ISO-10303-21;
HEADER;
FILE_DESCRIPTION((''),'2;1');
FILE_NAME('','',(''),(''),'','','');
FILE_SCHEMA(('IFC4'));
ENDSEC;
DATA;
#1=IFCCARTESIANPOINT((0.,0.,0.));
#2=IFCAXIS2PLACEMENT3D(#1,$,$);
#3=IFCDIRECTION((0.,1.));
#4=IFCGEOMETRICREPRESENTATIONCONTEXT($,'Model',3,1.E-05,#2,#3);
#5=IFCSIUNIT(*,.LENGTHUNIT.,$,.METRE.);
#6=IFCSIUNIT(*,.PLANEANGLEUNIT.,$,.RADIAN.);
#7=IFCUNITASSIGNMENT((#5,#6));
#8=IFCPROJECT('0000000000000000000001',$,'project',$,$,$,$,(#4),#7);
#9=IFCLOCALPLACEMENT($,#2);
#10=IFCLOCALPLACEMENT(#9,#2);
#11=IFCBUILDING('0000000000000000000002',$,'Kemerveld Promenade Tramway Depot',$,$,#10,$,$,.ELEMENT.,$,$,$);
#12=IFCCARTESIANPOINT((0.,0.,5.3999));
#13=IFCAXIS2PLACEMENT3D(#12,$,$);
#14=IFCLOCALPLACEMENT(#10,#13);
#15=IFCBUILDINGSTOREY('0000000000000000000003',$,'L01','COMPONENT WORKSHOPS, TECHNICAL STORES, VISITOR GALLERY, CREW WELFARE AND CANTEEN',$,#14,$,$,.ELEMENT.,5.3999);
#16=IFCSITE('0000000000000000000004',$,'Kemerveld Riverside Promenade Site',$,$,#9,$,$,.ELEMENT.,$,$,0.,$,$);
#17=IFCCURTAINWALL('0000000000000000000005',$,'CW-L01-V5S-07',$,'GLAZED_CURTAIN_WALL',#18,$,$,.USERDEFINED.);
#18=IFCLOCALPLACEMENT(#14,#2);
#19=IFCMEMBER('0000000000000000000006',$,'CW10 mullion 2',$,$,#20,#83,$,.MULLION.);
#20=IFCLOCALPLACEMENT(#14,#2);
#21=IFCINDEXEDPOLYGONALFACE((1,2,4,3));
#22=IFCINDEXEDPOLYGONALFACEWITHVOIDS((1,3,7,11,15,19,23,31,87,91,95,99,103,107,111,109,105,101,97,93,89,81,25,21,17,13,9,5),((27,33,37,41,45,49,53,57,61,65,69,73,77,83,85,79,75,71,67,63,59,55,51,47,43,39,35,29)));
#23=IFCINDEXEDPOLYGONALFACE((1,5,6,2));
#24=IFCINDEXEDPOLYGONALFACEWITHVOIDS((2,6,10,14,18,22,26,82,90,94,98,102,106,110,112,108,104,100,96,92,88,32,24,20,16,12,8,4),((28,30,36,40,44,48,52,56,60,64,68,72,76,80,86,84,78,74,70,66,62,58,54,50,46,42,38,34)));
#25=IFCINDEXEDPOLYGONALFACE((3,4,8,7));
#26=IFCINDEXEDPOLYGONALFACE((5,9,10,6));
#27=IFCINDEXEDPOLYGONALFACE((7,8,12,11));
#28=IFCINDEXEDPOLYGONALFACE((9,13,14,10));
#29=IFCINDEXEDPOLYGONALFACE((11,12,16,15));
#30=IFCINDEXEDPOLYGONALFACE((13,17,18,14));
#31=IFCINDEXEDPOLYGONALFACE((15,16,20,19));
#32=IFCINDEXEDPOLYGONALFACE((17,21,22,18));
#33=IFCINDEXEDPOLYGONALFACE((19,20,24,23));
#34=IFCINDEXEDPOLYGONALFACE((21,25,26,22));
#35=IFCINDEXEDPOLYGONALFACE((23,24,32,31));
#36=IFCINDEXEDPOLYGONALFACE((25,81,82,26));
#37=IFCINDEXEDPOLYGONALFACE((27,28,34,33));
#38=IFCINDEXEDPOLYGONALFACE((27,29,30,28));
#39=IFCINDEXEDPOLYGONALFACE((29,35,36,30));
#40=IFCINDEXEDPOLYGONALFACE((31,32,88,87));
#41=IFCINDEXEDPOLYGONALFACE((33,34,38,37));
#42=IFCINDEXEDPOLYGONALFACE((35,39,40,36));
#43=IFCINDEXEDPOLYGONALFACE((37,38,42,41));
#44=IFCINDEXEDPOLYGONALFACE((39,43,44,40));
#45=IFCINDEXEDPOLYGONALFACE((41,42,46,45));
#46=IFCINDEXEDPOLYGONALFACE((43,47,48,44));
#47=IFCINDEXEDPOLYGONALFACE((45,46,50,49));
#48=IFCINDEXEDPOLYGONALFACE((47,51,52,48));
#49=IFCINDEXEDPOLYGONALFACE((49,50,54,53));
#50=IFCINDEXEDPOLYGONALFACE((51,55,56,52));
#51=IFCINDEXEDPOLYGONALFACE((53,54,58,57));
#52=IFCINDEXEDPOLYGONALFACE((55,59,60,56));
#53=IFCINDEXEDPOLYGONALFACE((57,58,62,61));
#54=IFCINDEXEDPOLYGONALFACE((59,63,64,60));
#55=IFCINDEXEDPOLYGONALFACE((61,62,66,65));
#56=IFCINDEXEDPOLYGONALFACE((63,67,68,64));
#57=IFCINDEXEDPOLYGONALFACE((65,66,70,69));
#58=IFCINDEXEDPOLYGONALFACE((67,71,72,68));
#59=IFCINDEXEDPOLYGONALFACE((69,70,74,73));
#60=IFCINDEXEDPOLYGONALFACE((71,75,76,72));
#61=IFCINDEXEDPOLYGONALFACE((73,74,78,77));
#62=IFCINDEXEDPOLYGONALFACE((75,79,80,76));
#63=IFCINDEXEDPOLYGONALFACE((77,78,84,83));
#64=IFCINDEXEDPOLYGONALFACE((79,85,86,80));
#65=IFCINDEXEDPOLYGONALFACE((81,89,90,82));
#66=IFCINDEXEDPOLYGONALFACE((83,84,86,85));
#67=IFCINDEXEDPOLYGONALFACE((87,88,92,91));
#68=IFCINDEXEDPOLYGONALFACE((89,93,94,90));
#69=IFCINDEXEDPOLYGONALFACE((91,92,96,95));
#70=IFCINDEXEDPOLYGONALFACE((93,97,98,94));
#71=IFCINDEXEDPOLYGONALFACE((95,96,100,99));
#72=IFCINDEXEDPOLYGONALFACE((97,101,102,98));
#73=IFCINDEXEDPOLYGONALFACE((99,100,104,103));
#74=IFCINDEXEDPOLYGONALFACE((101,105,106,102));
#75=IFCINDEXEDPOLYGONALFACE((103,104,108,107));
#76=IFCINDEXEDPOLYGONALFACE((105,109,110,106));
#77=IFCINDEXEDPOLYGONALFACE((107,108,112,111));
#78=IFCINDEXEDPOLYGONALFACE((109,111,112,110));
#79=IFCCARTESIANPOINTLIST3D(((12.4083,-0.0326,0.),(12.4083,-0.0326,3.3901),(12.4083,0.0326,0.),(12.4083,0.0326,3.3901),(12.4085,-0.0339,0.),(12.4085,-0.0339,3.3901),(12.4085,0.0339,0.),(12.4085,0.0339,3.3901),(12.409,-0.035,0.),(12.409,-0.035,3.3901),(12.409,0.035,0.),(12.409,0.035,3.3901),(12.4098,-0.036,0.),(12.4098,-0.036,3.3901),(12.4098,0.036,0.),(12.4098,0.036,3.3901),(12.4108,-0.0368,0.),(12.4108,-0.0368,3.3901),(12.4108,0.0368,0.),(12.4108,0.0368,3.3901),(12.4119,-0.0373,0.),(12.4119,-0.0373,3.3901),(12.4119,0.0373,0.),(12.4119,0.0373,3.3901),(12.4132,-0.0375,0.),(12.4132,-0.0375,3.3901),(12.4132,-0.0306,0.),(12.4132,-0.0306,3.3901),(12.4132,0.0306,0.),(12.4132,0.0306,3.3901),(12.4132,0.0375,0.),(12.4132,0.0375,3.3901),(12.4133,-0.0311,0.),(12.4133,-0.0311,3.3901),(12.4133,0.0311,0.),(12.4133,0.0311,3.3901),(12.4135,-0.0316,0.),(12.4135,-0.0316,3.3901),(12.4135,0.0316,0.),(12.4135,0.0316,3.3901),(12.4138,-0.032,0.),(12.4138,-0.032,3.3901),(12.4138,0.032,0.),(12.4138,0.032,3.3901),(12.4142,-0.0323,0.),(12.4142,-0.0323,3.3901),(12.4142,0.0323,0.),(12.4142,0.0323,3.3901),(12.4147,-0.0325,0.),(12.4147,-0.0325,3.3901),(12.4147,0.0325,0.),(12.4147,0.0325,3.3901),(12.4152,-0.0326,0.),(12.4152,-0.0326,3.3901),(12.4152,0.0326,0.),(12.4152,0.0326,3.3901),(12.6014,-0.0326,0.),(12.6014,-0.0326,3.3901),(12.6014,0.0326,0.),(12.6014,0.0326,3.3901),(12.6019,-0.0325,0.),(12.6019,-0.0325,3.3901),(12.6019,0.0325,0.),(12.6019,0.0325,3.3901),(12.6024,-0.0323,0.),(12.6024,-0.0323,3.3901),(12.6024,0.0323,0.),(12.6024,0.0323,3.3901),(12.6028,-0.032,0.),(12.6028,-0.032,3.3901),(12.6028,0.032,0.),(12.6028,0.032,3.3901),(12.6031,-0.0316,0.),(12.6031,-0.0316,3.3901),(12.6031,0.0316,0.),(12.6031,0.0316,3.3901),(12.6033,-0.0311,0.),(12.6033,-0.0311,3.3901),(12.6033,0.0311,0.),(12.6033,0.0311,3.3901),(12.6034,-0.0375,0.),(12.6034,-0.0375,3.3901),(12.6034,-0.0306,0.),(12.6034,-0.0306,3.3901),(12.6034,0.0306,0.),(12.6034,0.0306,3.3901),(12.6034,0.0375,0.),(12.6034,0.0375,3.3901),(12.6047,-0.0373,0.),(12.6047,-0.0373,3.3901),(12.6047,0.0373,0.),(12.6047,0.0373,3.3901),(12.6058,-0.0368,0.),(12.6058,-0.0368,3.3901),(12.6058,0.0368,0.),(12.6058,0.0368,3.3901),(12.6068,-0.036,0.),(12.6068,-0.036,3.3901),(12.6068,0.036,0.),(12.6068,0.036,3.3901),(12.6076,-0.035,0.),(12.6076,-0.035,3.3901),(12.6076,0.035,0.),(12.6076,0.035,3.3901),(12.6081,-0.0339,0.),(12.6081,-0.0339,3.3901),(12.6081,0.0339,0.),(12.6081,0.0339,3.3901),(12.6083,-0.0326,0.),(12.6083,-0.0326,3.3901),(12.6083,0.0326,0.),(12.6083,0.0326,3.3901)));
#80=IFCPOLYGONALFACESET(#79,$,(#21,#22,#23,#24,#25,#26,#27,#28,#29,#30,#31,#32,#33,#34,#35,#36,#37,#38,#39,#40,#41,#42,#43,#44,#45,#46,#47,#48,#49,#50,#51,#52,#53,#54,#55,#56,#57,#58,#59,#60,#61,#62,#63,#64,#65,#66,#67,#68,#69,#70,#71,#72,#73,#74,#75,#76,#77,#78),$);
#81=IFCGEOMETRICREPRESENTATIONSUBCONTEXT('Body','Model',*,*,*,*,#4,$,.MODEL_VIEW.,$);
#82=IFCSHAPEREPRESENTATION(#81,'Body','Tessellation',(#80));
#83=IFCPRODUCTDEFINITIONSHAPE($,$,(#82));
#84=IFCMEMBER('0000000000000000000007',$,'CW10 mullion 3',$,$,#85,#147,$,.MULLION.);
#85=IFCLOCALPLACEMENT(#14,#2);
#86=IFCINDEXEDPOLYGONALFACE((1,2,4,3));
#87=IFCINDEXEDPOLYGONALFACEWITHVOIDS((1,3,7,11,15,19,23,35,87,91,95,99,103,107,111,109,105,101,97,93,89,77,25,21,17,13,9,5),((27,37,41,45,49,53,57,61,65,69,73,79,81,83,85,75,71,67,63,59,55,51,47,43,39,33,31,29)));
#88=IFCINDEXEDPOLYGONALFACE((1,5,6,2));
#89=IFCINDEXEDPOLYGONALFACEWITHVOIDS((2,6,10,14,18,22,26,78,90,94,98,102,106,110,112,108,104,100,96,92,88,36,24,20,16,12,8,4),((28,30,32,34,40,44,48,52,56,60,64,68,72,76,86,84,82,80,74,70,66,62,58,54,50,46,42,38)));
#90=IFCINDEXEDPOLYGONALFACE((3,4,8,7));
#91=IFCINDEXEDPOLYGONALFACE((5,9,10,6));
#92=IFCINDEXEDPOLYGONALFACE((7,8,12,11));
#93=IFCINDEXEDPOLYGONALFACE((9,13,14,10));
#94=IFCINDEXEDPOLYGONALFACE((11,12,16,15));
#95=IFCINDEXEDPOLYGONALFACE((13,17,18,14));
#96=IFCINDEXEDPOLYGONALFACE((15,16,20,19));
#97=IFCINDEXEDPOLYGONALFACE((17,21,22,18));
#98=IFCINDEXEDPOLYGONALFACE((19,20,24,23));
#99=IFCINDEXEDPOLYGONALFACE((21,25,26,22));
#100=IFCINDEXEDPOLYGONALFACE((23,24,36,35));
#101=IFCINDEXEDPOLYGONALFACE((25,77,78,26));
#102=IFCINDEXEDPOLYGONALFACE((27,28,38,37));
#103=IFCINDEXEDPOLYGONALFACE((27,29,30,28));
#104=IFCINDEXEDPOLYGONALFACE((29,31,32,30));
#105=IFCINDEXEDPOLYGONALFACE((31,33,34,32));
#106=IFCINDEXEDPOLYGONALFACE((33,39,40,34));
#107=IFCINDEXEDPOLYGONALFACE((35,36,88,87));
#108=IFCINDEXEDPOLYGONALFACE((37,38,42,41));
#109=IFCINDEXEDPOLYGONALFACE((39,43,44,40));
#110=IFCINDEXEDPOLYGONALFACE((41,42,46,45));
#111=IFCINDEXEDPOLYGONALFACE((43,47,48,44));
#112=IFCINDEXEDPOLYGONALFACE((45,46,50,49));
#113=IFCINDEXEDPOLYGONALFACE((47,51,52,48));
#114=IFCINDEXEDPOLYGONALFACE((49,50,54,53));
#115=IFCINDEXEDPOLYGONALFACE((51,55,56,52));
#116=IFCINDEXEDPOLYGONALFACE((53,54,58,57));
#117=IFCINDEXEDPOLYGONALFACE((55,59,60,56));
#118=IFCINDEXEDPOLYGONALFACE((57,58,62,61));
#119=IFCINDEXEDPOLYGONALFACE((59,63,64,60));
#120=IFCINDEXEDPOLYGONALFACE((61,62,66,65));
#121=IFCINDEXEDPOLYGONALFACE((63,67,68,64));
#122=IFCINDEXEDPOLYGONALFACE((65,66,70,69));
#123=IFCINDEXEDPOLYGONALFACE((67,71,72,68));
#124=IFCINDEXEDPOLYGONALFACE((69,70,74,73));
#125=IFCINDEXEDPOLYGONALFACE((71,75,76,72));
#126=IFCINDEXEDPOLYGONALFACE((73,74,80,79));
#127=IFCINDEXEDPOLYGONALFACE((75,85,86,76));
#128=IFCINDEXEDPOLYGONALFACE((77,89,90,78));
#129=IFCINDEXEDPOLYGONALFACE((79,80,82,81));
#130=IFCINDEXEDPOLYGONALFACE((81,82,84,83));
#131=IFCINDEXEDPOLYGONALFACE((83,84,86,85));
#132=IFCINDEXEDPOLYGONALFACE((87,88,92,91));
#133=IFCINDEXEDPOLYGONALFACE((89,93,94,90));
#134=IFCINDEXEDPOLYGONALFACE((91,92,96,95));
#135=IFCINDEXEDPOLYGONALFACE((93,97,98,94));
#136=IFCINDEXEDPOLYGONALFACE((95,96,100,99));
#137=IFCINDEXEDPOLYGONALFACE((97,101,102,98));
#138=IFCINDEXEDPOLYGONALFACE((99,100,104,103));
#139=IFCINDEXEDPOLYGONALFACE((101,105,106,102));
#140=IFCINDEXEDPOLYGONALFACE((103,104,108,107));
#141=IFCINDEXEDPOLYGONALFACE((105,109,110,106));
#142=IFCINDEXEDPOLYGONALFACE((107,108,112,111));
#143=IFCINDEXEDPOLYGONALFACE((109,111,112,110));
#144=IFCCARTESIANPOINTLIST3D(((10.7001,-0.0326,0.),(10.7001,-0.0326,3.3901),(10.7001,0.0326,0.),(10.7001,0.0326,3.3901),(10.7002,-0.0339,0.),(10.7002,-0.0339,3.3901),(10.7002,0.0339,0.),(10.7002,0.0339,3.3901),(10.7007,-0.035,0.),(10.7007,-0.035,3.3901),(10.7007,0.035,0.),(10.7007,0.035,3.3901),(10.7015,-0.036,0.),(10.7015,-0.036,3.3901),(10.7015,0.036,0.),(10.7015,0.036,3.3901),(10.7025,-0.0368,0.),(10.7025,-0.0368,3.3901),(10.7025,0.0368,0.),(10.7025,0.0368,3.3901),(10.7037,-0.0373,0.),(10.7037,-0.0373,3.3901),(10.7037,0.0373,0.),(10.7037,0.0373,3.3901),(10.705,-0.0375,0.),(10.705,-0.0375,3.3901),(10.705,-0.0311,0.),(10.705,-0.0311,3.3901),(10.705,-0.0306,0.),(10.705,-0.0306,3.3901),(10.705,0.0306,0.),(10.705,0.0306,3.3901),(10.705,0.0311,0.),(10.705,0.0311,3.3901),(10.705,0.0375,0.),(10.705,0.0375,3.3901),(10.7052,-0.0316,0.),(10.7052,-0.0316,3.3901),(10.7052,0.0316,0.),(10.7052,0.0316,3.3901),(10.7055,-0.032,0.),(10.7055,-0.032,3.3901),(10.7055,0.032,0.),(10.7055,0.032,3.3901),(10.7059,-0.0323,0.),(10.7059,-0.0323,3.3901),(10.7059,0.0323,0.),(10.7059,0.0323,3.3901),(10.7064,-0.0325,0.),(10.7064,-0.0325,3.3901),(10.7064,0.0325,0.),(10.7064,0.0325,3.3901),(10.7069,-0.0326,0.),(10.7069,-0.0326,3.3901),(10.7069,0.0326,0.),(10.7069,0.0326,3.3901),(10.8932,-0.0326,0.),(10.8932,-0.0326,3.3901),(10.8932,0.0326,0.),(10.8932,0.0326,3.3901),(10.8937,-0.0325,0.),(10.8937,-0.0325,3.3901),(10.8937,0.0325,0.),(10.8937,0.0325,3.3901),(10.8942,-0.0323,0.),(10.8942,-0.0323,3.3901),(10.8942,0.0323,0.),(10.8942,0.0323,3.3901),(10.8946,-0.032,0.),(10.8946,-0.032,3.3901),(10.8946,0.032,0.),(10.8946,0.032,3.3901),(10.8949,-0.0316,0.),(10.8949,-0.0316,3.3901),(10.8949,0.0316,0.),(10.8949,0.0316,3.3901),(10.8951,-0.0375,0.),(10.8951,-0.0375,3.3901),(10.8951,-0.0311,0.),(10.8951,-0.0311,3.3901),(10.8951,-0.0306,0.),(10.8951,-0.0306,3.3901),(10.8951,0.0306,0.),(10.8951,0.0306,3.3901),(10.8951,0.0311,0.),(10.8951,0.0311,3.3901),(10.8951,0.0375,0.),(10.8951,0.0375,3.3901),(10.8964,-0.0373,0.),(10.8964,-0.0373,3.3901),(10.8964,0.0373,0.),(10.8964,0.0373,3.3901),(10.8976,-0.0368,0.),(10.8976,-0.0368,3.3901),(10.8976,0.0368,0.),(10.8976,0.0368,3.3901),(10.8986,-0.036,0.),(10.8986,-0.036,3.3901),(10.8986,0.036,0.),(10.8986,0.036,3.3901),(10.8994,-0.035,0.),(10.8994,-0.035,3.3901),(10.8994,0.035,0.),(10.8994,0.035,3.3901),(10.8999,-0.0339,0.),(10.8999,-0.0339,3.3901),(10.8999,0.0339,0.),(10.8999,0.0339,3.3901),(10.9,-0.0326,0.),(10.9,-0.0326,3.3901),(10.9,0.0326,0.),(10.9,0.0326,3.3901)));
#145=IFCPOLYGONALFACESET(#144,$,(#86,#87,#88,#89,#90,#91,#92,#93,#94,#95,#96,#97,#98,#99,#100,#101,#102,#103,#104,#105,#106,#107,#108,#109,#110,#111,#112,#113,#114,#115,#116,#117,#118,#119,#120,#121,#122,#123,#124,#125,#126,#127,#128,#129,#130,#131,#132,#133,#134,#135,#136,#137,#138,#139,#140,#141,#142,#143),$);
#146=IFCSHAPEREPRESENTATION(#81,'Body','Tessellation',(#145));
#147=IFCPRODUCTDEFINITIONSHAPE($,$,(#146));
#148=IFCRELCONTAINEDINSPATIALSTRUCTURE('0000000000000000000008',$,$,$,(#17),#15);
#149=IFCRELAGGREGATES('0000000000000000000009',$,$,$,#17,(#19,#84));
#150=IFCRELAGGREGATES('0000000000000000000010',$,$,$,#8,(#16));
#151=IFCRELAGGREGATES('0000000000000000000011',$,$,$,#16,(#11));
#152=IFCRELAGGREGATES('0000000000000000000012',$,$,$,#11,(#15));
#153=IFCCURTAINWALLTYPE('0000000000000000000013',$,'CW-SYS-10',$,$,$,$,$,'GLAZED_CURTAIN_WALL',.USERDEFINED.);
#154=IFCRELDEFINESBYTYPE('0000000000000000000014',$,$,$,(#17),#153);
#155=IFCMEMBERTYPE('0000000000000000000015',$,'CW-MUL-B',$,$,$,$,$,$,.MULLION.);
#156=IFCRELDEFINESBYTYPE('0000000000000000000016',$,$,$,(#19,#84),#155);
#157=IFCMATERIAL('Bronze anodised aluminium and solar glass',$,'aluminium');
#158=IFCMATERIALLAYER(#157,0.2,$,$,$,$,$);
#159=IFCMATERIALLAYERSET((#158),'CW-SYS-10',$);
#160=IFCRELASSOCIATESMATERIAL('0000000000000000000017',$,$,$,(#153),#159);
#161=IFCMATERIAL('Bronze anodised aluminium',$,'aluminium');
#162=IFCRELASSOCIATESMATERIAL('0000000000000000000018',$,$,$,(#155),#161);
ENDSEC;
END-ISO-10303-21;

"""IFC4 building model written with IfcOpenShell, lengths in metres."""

from ifc_helpers import new_model, si_unit, direction, frame, origin, origin_2d, place, context, subcontext, project, spatial, hollow_rectangle, extrude, material, layer, layer_set, material_profile, profile_set, type_object, element, aggregate, save


model = new_model("IFC4")

# Units and contexts
model_context = context("Model", 3, precision=1e-05, world=origin(), true_north=direction((0.0, 1.0)))
body_context = subcontext(model_context, "Body", "Model", "MODEL_VIEW")
ifc_project = project(units=[si_unit("LENGTHUNIT", "METRE"), si_unit("PLANEANGLEUNIT", "RADIAN")], contexts=[model_context])

# Site, building, storey
site_placement = place(None, origin())
site = spatial("IfcSite", under=ifc_project, at=site_placement, Name="Kemerveld Riverside Promenade Site", CompositionType="ELEMENT", RefElevation=0.0)
building_placement = place(site_placement, origin())
building = spatial("IfcBuilding", under=site, at=building_placement, Name="Kemerveld Promenade Tramway Depot", CompositionType="ELEMENT")
storey_placement = place(building_placement, frame((0.0, 0.0, 5.3999)))
storey = spatial("IfcBuildingStorey", under=building, at=storey_placement, Name="L01", Description="COMPONENT WORKSHOPS, TECHNICAL STORES, VISITOR GALLERY, CREW WELFARE AND CANTEEN", CompositionType="ELEMENT", Elevation=5.3999)

# Curtain wall, members
ifc_material_1 = material(Name="Bronze anodised aluminium and solar glass", Category="aluminium")
ifc_layer_1 = layer(ifc_material_1, 0.2)
ifc_layer_set_1 = layer_set([ifc_layer_1], Name="CW-SYS-10")
curtain_wall_type = type_object("IfcCurtainWallType", Name="CW-SYS-10", ElementType="GLAZED_CURTAIN_WALL", PredefinedType="USERDEFINED", material=ifc_layer_set_1)
curtain_wall_placement = place(storey_placement, origin())
curtain_wall = element("IfcCurtainWall", 1, at=curtain_wall_placement, inside=storey, type_object=curtain_wall_type, Name="CW-L01-V5S-07", ObjectType="GLAZED_CURTAIN_WALL", PredefinedType="USERDEFINED")
ifc_material_2 = material(Name="Bronze anodised aluminium", Category="aluminium")
ifc_material_profile_1 = material_profile(ifc_material_2, hollow_rectangle(XDim=0.075, YDim=0.2, WallThickness=0.0049, InnerFilletRadius=0.002, OuterFilletRadius=0.0049, at=origin_2d()), Name="CW-MUL-200x75")
ifc_profile_set_1 = profile_set([ifc_material_profile_1], Name="Bronze anodised aluminium")
member_type_1 = type_object("IfcMemberType", Name="CW-MUL-B", PredefinedType="MULLION", material=ifc_profile_set_1)
member_1_placement = place(storey_placement, frame((12.5083, 0.0, 0.0), z_axis=(0.0, 0.0, 1.0), x_axis=(0.0, -1.0, 0.0)))
member_1 = element("IfcMember", 2, at=member_1_placement, type_object=member_type_1, Name="CW10 mullion 2", PredefinedType="MULLION", context=body_context, shape_type="SweptSolid", body=[
    extrude(hollow_rectangle(XDim=0.075, YDim=0.2, WallThickness=0.0049, InnerFilletRadius=0.002, OuterFilletRadius=0.0049, at=origin_2d()), origin(), (0.0, 0.0, 1.0), 3.3901),
])
member_2_placement = place(storey_placement, frame((10.8, 0.0, 0.0), z_axis=(0.0, 0.0, 1.0), x_axis=(0.0, -1.0, 0.0)))
member_2 = element("IfcMember", 3, at=member_2_placement, type_object=member_type_1, Name="CW10 mullion 3", PredefinedType="MULLION", context=body_context, shape_type="SweptSolid", body=[
    extrude(hollow_rectangle(XDim=0.075, YDim=0.2, WallThickness=0.0049, InnerFilletRadius=0.002, OuterFilletRadius=0.0049, at=origin_2d()), origin(), (0.0, 0.0, 1.0), 3.3901),
])
aggregate(curtain_wall, [member_1, member_2])

save(model, "model.ifc")
